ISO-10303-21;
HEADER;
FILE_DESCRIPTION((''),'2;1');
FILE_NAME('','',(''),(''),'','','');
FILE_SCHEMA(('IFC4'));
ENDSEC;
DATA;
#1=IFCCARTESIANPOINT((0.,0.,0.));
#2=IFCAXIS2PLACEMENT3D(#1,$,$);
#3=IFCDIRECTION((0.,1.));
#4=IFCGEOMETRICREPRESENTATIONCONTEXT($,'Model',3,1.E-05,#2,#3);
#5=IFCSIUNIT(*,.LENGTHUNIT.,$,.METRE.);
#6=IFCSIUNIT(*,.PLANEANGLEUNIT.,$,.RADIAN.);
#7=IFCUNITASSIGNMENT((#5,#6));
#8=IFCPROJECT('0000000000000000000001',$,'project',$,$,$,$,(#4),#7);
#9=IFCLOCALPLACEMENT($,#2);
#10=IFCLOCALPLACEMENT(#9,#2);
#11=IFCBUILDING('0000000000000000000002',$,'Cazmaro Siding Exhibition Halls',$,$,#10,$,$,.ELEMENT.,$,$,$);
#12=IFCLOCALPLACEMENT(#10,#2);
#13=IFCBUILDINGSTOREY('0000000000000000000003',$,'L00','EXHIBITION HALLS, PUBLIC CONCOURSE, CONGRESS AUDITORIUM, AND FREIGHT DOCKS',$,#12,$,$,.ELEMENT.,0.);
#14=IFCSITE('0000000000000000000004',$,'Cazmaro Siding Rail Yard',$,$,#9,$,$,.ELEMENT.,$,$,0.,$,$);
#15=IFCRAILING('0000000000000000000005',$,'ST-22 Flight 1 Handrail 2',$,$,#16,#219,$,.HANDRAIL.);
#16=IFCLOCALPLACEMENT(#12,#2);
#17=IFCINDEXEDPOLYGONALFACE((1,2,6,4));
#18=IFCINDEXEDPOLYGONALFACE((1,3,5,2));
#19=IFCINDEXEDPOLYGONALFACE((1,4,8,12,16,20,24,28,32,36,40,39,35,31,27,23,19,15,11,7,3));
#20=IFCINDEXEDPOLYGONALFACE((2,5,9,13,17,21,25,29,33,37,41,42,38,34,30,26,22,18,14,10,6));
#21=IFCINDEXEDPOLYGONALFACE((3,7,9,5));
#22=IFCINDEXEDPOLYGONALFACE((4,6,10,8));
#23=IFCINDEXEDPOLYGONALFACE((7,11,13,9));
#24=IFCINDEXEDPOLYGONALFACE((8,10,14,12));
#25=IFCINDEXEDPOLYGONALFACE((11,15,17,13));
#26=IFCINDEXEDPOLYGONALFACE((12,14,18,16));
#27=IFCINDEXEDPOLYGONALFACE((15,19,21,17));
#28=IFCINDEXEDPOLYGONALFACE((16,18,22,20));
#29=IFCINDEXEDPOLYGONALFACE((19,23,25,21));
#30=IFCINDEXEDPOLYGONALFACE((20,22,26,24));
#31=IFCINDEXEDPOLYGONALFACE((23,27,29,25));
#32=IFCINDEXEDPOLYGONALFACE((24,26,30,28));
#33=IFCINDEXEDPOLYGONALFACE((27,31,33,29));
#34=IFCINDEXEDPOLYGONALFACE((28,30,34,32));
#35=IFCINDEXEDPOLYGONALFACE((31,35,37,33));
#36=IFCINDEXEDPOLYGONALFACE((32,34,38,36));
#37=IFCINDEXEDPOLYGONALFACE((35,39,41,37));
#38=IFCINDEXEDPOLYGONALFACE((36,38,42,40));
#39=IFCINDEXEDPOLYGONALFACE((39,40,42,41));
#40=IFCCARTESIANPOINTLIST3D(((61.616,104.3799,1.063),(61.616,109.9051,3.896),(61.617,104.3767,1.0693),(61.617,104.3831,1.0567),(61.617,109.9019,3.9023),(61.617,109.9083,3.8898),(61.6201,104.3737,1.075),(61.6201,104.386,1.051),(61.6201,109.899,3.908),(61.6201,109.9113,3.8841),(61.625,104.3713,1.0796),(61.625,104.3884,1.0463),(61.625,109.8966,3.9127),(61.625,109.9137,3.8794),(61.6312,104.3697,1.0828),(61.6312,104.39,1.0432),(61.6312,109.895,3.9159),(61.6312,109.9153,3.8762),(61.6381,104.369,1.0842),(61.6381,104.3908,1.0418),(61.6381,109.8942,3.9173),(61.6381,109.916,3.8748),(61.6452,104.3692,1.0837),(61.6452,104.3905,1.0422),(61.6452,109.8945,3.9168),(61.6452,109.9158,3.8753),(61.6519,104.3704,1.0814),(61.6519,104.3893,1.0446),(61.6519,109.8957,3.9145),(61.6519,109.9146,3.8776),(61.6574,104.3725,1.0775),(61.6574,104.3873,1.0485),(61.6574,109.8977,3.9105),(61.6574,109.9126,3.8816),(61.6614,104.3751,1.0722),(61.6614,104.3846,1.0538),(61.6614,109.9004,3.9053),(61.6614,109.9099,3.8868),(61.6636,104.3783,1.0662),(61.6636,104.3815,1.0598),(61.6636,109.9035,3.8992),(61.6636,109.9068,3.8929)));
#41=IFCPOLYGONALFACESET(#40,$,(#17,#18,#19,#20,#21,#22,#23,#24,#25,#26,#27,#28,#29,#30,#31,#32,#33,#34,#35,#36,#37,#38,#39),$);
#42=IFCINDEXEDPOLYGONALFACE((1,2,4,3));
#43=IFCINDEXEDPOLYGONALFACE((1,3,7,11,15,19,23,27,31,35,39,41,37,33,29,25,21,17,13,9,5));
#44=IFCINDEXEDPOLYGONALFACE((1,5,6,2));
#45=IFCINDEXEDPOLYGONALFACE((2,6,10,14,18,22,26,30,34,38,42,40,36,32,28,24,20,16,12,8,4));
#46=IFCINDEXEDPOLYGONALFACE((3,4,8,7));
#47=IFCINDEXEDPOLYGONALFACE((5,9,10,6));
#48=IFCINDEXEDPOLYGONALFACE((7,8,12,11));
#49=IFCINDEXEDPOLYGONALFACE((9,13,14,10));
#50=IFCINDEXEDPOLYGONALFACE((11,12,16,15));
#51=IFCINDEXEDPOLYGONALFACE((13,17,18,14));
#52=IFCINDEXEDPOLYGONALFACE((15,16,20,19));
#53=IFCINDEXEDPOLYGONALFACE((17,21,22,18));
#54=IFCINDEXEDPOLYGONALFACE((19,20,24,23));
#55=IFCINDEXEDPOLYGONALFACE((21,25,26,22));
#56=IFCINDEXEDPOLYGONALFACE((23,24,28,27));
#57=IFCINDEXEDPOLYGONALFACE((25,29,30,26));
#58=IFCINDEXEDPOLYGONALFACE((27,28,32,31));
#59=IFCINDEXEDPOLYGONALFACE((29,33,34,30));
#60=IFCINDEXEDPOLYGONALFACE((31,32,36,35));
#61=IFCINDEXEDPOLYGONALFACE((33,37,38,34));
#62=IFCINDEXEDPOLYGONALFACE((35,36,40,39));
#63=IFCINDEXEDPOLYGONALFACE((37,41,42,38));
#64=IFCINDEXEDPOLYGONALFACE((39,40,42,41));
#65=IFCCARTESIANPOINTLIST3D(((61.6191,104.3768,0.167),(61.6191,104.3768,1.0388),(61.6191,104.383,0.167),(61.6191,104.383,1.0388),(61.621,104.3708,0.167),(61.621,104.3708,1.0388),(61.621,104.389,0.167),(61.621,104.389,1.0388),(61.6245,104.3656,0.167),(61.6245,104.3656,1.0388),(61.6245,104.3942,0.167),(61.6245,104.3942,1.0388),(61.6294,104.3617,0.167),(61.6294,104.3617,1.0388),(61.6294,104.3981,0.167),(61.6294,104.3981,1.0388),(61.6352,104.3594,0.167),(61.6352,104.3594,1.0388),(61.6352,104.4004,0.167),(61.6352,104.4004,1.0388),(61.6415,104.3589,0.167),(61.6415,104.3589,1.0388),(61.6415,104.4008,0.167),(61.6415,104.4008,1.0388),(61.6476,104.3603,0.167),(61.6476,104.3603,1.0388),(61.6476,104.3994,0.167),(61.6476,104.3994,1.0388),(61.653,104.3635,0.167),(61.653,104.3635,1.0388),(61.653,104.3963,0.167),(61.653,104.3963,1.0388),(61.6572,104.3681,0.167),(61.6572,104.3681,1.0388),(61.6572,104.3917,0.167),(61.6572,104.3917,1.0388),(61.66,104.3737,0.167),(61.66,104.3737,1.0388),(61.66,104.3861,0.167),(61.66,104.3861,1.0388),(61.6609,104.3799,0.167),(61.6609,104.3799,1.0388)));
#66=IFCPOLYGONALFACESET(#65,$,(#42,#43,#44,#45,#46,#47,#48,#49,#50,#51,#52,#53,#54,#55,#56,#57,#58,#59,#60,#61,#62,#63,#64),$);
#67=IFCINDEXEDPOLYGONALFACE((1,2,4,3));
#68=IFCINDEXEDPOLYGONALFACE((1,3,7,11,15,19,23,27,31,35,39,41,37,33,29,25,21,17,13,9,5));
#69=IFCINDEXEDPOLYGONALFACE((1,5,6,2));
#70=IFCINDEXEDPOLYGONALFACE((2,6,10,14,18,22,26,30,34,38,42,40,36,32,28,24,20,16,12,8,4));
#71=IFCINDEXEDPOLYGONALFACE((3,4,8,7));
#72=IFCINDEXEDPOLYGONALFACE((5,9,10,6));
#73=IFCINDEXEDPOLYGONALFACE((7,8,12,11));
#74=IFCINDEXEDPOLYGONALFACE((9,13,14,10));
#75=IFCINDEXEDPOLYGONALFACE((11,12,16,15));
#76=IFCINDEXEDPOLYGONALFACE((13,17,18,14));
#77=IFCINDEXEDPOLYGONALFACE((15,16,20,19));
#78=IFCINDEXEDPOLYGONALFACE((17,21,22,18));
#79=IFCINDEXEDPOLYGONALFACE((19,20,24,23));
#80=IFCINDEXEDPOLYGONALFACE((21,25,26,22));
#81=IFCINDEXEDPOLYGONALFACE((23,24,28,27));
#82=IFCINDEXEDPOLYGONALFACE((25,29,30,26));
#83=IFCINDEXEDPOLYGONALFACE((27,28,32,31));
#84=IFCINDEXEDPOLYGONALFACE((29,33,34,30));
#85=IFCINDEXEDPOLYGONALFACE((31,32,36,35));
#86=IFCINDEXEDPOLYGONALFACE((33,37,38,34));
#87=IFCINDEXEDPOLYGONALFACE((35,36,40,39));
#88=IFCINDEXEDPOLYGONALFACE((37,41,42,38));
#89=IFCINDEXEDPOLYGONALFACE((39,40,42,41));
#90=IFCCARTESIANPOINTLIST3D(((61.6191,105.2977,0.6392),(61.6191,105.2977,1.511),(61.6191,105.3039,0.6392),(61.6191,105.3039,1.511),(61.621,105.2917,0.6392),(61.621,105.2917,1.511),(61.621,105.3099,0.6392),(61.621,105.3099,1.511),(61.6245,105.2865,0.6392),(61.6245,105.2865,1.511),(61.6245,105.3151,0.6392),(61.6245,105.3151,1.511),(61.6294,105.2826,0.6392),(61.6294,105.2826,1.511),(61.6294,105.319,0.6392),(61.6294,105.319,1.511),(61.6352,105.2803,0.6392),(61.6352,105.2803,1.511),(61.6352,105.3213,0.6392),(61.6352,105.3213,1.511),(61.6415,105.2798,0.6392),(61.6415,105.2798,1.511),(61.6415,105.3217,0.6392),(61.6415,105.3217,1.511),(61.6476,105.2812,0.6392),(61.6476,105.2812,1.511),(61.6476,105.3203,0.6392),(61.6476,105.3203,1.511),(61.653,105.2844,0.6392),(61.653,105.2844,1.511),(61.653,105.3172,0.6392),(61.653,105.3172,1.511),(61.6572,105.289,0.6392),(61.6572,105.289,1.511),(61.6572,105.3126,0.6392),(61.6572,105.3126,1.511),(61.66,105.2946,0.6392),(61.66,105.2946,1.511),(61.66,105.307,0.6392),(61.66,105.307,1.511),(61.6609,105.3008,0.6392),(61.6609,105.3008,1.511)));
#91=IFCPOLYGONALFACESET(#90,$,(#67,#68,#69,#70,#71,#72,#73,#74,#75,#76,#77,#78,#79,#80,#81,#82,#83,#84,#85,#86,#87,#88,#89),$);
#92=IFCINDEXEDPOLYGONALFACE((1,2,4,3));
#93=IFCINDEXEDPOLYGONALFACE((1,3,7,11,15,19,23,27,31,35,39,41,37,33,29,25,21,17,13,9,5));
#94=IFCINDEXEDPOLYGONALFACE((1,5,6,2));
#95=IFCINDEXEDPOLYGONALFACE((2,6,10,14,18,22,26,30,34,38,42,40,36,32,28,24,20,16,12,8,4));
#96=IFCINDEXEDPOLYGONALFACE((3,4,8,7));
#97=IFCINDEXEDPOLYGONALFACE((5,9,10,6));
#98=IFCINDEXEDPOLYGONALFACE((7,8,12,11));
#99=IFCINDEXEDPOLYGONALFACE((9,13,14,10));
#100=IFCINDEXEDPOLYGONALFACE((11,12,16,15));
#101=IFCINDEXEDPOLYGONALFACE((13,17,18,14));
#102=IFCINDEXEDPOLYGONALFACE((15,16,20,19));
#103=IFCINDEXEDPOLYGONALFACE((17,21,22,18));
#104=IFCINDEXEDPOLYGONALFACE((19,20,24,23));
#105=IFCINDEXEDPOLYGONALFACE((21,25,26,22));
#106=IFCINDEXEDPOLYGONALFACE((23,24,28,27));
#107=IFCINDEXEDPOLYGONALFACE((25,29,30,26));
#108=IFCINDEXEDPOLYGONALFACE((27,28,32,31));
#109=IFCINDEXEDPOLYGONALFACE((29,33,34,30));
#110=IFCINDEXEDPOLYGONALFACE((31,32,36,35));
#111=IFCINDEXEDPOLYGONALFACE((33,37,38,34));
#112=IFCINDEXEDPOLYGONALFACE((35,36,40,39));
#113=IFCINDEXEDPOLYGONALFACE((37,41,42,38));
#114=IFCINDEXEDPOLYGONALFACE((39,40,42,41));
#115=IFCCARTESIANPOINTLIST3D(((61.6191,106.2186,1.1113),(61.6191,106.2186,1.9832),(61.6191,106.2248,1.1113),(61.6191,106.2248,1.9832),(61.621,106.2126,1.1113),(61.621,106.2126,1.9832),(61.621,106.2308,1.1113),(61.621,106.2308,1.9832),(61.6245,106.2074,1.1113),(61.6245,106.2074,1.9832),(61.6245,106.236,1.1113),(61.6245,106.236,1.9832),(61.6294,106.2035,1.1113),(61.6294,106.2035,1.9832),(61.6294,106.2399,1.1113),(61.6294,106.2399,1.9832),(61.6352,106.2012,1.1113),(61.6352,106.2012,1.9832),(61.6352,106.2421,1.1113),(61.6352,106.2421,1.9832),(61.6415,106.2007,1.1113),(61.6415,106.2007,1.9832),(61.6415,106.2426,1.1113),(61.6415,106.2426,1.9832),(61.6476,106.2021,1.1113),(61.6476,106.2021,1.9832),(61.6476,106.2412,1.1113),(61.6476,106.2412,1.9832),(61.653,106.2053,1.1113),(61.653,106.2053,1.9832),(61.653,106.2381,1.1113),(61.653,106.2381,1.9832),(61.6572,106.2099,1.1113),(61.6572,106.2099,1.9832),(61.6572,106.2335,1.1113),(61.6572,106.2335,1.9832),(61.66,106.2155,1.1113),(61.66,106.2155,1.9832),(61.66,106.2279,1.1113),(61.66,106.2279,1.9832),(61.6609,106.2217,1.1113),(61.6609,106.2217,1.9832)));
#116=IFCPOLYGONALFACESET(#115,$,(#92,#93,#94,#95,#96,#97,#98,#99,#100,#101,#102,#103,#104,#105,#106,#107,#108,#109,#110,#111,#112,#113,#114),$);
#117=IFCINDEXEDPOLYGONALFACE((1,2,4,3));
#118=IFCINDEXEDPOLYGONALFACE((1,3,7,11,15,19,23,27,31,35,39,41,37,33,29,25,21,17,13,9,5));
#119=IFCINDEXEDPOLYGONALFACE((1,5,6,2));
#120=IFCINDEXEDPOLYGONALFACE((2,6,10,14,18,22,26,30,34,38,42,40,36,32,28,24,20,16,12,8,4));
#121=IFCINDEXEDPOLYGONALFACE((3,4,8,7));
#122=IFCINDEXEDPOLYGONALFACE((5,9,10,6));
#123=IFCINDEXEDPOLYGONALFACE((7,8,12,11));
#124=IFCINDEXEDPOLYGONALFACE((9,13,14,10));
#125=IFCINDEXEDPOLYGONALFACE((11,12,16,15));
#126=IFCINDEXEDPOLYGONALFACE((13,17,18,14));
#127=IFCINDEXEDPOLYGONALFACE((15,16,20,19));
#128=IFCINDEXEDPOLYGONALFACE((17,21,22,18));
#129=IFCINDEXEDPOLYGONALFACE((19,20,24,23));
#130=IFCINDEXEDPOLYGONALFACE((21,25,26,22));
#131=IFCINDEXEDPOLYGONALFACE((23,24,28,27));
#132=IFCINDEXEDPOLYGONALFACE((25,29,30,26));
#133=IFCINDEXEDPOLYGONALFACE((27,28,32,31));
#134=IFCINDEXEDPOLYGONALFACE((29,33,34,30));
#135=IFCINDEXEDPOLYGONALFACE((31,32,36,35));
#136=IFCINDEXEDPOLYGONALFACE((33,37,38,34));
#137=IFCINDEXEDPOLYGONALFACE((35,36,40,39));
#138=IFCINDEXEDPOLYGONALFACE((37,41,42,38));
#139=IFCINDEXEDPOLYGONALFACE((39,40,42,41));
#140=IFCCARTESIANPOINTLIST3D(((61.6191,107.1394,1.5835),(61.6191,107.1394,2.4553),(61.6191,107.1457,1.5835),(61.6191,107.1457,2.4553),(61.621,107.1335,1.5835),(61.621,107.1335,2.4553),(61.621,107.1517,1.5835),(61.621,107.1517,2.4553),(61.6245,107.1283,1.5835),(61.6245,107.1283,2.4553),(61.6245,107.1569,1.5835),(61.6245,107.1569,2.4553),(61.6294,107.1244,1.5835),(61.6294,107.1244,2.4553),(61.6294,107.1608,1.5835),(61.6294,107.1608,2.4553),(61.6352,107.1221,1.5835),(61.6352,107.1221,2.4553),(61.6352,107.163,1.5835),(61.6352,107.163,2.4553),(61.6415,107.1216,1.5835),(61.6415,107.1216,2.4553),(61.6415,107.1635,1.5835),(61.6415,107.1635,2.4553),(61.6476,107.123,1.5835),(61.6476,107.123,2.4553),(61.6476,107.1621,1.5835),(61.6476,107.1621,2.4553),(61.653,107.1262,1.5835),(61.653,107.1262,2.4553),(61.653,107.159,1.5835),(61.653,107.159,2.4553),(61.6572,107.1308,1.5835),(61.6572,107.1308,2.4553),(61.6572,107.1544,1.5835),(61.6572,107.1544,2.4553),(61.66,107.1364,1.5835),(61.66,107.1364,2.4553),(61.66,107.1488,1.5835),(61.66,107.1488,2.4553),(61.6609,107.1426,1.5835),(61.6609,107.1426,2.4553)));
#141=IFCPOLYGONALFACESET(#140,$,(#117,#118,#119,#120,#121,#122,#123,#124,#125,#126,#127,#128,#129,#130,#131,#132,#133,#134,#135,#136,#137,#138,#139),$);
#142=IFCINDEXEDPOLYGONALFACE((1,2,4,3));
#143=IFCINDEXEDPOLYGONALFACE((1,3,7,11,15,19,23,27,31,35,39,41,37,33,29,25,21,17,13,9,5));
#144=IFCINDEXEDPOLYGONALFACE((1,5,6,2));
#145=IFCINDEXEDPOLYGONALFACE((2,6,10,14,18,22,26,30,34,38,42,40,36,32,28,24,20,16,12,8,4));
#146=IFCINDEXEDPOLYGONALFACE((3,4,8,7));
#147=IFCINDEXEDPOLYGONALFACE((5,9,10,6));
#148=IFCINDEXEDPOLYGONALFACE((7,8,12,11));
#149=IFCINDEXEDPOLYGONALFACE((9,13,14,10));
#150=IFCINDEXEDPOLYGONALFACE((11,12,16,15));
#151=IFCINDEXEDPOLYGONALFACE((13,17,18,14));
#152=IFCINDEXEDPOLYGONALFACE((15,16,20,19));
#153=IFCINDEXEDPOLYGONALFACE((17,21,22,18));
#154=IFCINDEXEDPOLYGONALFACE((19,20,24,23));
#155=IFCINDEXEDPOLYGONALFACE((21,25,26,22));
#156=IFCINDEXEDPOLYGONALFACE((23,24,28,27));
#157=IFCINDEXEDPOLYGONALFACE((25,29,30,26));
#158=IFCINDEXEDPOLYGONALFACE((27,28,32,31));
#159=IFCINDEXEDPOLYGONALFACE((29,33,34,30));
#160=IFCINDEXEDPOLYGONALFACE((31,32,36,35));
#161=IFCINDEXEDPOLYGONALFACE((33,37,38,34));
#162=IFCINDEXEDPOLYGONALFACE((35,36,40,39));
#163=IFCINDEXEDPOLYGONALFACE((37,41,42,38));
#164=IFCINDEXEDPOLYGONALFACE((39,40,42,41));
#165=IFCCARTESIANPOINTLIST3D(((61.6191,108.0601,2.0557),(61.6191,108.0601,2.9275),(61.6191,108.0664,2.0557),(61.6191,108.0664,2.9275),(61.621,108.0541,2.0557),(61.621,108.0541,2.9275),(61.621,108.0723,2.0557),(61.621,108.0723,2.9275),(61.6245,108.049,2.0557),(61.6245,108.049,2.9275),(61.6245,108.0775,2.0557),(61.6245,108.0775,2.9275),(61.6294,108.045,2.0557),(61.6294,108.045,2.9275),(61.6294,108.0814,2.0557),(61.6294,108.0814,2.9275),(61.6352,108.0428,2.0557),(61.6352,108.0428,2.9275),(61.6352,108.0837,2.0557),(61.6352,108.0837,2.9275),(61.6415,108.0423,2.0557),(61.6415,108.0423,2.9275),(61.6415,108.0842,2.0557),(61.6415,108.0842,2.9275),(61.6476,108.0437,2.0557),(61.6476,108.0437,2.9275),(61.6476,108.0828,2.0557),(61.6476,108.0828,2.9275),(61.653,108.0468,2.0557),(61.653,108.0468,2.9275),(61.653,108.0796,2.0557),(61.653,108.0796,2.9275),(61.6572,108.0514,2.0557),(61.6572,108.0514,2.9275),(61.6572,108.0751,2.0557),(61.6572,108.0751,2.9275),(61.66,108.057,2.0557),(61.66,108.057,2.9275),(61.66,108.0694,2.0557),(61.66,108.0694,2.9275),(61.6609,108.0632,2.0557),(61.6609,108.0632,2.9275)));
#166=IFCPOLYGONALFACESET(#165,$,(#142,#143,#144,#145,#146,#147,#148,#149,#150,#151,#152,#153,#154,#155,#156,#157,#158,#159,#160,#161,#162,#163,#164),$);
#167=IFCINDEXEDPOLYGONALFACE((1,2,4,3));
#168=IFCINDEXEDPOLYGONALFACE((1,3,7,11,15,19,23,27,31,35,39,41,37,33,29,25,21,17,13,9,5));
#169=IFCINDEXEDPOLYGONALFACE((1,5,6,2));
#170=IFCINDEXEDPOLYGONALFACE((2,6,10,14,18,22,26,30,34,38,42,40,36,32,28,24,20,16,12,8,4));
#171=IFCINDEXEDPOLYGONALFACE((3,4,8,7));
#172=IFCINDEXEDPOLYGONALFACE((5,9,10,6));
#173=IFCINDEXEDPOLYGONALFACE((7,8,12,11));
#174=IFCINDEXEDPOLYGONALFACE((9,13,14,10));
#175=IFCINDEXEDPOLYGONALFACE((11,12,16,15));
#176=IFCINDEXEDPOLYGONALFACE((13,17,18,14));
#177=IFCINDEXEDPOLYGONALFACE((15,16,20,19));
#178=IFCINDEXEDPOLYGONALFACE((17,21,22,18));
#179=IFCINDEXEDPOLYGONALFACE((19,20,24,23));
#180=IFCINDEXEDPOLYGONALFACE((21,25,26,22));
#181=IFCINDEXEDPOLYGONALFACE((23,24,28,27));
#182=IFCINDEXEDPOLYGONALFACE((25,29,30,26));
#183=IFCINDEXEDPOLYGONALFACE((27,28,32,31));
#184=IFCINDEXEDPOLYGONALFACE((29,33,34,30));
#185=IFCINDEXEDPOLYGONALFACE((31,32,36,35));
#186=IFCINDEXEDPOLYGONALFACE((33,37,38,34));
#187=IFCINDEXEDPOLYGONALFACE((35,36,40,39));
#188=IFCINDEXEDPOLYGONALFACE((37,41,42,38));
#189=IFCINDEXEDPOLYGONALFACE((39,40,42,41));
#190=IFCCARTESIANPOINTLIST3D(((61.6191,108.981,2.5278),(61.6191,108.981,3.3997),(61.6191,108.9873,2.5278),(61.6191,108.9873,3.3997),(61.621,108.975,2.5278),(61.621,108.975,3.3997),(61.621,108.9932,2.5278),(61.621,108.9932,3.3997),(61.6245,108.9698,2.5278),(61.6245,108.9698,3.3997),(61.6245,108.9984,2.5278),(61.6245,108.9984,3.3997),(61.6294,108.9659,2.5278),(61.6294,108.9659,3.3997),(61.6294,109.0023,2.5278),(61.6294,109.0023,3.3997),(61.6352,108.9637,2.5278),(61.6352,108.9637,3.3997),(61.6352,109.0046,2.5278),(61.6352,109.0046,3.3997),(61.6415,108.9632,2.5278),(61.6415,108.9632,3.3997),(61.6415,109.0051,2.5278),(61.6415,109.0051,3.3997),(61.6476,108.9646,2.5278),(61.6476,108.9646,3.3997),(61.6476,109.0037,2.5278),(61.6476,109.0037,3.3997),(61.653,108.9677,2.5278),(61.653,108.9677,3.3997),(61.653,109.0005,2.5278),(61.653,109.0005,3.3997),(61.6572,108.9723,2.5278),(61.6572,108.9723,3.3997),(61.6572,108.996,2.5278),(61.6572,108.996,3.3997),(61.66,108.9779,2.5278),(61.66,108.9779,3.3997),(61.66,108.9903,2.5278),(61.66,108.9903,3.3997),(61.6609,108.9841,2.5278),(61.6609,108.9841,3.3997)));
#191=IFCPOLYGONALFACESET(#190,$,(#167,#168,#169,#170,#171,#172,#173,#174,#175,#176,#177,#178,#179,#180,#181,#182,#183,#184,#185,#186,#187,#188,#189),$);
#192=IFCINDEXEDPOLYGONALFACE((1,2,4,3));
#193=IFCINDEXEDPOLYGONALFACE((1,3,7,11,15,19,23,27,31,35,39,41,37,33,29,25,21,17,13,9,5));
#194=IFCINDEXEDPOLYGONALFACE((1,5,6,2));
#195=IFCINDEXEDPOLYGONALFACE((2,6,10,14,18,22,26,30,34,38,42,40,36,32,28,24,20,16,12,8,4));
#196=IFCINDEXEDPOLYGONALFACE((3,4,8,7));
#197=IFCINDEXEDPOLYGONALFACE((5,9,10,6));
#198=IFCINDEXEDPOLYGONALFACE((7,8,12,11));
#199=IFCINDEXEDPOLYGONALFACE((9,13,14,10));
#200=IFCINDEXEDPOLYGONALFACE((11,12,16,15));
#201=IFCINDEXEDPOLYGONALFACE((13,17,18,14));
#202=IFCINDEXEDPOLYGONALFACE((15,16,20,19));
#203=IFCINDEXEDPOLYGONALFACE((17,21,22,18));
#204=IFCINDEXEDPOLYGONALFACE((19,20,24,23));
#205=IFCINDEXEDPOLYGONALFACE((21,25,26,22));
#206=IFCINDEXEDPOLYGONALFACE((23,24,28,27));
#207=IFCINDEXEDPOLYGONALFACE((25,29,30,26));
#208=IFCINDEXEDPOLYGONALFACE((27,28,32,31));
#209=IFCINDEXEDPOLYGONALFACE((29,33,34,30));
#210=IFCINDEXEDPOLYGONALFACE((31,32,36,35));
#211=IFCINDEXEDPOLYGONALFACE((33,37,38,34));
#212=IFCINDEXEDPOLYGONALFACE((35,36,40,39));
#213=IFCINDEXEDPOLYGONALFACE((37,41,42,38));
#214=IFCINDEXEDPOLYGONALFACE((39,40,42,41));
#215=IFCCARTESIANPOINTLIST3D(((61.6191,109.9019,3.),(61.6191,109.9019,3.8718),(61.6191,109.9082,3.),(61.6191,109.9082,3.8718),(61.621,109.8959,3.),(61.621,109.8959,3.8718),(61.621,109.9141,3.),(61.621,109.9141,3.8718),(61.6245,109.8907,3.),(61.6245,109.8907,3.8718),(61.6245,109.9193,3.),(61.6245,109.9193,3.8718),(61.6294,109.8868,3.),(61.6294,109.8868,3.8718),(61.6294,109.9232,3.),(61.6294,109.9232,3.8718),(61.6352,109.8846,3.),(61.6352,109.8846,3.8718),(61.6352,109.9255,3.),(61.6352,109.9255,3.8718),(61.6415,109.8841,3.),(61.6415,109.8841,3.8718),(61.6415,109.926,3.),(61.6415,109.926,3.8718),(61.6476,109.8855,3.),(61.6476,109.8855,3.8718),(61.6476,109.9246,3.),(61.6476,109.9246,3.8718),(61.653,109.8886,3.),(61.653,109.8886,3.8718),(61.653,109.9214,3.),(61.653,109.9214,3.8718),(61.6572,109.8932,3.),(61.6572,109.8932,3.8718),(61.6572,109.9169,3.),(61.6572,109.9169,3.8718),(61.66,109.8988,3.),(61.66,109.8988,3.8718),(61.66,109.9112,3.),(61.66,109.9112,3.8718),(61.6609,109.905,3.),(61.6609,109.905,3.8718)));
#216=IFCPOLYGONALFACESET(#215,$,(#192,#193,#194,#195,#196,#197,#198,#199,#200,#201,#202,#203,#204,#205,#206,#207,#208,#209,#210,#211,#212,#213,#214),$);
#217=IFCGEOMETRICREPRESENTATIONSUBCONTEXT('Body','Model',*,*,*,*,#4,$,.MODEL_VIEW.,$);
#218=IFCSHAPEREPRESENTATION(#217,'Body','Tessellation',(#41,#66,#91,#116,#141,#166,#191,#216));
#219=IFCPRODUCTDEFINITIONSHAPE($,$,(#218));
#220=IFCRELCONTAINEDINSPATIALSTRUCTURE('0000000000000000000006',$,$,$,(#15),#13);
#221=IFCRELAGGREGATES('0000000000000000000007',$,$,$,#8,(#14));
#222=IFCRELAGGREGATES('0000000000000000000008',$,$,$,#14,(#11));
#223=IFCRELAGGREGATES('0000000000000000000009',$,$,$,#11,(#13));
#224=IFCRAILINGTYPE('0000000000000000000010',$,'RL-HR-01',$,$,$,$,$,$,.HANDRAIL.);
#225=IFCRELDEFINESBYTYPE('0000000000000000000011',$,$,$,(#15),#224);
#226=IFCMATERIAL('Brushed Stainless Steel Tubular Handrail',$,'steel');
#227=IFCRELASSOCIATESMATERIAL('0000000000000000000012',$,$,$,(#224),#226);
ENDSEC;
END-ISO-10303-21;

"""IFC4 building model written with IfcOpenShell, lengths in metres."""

from ifc_helpers import new_model, si_unit, direction, frame, origin, origin_2d, place, context, subcontext, project, spatial, circle, extrude, material, type_object, element, save


model = new_model("IFC4")

# Units and contexts
model_context = context("Model", 3, precision=1e-05, world=origin(), true_north=direction((0.0, 1.0)))
body_context = subcontext(model_context, "Body", "Model", "MODEL_VIEW")
ifc_project = project(units=[si_unit("LENGTHUNIT", "METRE"), si_unit("PLANEANGLEUNIT", "RADIAN")], contexts=[model_context])

# Site, building, storey
site_placement = place(None, origin())
site = spatial("IfcSite", under=ifc_project, at=site_placement, Name="Cazmaro Siding Rail Yard", CompositionType="ELEMENT", RefElevation=0.0)
building_placement = place(site_placement, origin())
building = spatial("IfcBuilding", under=site, at=building_placement, Name="Cazmaro Siding Exhibition Halls", CompositionType="ELEMENT")
storey_placement = place(building_placement, origin())
storey = spatial("IfcBuildingStorey", under=building, at=storey_placement, Name="L00", Description="EXHIBITION HALLS, PUBLIC CONCOURSE, CONGRESS AUDITORIUM, AND FREIGHT DOCKS", CompositionType="ELEMENT", Elevation=0.0)

# Railing
ifc_material_1 = material(Name="Brushed Stainless Steel Tubular Handrail", Category="steel")
railing_type_1 = type_object("IfcRailingType", Name="RL-HR-01", PredefinedType="HANDRAIL", material=ifc_material_1)
railing_1_placement = place(storey_placement, frame((61.6399, 104.3799, 0.167)))
element("IfcRailing", 1, at=railing_1_placement, inside=storey, type_object=railing_type_1, Name="ST-22 Flight 1 Handrail 2", PredefinedType="HANDRAIL", context=body_context, shape_type="SweptSolid", body=[
    extrude(circle(Radius=0.0239, at=origin_2d()), frame((0.0, 0.0, 0.896), z_axis=(0.0, 0.889844, 0.456266), x_axis=(-1.0, 0.0, 0.0)), (0.0, 0.0, 1.0), 6.2092),
    extrude(circle(Radius=0.021, at=origin_2d()), origin(), (0.0, 0.0, 1.0), 0.8718),
    extrude(circle(Radius=0.021, at=origin_2d()), frame((0.0, 0.9209, 0.4722)), (0.0, 0.0, 1.0), 0.8718),
    extrude(circle(Radius=0.021, at=origin_2d()), frame((0.0, 1.8418, 0.9443)), (0.0, 0.0, 1.0), 0.8718),
    extrude(circle(Radius=0.021, at=origin_2d()), frame((0.0, 2.7627, 1.4165)), (0.0, 0.0, 1.0), 0.8718),
    extrude(circle(Radius=0.021, at=origin_2d()), frame((0.0, 3.6833, 1.8887)), (0.0, 0.0, 1.0), 0.8718),
    extrude(circle(Radius=0.021, at=origin_2d()), frame((0.0, 4.6042, 2.3608)), (0.0, 0.0, 1.0), 0.8718),
    extrude(circle(Radius=0.021, at=origin_2d()), frame((0.0, 5.5251, 2.833)), (0.0, 0.0, 1.0), 0.8718),
])

save(model, "model.ifc")
